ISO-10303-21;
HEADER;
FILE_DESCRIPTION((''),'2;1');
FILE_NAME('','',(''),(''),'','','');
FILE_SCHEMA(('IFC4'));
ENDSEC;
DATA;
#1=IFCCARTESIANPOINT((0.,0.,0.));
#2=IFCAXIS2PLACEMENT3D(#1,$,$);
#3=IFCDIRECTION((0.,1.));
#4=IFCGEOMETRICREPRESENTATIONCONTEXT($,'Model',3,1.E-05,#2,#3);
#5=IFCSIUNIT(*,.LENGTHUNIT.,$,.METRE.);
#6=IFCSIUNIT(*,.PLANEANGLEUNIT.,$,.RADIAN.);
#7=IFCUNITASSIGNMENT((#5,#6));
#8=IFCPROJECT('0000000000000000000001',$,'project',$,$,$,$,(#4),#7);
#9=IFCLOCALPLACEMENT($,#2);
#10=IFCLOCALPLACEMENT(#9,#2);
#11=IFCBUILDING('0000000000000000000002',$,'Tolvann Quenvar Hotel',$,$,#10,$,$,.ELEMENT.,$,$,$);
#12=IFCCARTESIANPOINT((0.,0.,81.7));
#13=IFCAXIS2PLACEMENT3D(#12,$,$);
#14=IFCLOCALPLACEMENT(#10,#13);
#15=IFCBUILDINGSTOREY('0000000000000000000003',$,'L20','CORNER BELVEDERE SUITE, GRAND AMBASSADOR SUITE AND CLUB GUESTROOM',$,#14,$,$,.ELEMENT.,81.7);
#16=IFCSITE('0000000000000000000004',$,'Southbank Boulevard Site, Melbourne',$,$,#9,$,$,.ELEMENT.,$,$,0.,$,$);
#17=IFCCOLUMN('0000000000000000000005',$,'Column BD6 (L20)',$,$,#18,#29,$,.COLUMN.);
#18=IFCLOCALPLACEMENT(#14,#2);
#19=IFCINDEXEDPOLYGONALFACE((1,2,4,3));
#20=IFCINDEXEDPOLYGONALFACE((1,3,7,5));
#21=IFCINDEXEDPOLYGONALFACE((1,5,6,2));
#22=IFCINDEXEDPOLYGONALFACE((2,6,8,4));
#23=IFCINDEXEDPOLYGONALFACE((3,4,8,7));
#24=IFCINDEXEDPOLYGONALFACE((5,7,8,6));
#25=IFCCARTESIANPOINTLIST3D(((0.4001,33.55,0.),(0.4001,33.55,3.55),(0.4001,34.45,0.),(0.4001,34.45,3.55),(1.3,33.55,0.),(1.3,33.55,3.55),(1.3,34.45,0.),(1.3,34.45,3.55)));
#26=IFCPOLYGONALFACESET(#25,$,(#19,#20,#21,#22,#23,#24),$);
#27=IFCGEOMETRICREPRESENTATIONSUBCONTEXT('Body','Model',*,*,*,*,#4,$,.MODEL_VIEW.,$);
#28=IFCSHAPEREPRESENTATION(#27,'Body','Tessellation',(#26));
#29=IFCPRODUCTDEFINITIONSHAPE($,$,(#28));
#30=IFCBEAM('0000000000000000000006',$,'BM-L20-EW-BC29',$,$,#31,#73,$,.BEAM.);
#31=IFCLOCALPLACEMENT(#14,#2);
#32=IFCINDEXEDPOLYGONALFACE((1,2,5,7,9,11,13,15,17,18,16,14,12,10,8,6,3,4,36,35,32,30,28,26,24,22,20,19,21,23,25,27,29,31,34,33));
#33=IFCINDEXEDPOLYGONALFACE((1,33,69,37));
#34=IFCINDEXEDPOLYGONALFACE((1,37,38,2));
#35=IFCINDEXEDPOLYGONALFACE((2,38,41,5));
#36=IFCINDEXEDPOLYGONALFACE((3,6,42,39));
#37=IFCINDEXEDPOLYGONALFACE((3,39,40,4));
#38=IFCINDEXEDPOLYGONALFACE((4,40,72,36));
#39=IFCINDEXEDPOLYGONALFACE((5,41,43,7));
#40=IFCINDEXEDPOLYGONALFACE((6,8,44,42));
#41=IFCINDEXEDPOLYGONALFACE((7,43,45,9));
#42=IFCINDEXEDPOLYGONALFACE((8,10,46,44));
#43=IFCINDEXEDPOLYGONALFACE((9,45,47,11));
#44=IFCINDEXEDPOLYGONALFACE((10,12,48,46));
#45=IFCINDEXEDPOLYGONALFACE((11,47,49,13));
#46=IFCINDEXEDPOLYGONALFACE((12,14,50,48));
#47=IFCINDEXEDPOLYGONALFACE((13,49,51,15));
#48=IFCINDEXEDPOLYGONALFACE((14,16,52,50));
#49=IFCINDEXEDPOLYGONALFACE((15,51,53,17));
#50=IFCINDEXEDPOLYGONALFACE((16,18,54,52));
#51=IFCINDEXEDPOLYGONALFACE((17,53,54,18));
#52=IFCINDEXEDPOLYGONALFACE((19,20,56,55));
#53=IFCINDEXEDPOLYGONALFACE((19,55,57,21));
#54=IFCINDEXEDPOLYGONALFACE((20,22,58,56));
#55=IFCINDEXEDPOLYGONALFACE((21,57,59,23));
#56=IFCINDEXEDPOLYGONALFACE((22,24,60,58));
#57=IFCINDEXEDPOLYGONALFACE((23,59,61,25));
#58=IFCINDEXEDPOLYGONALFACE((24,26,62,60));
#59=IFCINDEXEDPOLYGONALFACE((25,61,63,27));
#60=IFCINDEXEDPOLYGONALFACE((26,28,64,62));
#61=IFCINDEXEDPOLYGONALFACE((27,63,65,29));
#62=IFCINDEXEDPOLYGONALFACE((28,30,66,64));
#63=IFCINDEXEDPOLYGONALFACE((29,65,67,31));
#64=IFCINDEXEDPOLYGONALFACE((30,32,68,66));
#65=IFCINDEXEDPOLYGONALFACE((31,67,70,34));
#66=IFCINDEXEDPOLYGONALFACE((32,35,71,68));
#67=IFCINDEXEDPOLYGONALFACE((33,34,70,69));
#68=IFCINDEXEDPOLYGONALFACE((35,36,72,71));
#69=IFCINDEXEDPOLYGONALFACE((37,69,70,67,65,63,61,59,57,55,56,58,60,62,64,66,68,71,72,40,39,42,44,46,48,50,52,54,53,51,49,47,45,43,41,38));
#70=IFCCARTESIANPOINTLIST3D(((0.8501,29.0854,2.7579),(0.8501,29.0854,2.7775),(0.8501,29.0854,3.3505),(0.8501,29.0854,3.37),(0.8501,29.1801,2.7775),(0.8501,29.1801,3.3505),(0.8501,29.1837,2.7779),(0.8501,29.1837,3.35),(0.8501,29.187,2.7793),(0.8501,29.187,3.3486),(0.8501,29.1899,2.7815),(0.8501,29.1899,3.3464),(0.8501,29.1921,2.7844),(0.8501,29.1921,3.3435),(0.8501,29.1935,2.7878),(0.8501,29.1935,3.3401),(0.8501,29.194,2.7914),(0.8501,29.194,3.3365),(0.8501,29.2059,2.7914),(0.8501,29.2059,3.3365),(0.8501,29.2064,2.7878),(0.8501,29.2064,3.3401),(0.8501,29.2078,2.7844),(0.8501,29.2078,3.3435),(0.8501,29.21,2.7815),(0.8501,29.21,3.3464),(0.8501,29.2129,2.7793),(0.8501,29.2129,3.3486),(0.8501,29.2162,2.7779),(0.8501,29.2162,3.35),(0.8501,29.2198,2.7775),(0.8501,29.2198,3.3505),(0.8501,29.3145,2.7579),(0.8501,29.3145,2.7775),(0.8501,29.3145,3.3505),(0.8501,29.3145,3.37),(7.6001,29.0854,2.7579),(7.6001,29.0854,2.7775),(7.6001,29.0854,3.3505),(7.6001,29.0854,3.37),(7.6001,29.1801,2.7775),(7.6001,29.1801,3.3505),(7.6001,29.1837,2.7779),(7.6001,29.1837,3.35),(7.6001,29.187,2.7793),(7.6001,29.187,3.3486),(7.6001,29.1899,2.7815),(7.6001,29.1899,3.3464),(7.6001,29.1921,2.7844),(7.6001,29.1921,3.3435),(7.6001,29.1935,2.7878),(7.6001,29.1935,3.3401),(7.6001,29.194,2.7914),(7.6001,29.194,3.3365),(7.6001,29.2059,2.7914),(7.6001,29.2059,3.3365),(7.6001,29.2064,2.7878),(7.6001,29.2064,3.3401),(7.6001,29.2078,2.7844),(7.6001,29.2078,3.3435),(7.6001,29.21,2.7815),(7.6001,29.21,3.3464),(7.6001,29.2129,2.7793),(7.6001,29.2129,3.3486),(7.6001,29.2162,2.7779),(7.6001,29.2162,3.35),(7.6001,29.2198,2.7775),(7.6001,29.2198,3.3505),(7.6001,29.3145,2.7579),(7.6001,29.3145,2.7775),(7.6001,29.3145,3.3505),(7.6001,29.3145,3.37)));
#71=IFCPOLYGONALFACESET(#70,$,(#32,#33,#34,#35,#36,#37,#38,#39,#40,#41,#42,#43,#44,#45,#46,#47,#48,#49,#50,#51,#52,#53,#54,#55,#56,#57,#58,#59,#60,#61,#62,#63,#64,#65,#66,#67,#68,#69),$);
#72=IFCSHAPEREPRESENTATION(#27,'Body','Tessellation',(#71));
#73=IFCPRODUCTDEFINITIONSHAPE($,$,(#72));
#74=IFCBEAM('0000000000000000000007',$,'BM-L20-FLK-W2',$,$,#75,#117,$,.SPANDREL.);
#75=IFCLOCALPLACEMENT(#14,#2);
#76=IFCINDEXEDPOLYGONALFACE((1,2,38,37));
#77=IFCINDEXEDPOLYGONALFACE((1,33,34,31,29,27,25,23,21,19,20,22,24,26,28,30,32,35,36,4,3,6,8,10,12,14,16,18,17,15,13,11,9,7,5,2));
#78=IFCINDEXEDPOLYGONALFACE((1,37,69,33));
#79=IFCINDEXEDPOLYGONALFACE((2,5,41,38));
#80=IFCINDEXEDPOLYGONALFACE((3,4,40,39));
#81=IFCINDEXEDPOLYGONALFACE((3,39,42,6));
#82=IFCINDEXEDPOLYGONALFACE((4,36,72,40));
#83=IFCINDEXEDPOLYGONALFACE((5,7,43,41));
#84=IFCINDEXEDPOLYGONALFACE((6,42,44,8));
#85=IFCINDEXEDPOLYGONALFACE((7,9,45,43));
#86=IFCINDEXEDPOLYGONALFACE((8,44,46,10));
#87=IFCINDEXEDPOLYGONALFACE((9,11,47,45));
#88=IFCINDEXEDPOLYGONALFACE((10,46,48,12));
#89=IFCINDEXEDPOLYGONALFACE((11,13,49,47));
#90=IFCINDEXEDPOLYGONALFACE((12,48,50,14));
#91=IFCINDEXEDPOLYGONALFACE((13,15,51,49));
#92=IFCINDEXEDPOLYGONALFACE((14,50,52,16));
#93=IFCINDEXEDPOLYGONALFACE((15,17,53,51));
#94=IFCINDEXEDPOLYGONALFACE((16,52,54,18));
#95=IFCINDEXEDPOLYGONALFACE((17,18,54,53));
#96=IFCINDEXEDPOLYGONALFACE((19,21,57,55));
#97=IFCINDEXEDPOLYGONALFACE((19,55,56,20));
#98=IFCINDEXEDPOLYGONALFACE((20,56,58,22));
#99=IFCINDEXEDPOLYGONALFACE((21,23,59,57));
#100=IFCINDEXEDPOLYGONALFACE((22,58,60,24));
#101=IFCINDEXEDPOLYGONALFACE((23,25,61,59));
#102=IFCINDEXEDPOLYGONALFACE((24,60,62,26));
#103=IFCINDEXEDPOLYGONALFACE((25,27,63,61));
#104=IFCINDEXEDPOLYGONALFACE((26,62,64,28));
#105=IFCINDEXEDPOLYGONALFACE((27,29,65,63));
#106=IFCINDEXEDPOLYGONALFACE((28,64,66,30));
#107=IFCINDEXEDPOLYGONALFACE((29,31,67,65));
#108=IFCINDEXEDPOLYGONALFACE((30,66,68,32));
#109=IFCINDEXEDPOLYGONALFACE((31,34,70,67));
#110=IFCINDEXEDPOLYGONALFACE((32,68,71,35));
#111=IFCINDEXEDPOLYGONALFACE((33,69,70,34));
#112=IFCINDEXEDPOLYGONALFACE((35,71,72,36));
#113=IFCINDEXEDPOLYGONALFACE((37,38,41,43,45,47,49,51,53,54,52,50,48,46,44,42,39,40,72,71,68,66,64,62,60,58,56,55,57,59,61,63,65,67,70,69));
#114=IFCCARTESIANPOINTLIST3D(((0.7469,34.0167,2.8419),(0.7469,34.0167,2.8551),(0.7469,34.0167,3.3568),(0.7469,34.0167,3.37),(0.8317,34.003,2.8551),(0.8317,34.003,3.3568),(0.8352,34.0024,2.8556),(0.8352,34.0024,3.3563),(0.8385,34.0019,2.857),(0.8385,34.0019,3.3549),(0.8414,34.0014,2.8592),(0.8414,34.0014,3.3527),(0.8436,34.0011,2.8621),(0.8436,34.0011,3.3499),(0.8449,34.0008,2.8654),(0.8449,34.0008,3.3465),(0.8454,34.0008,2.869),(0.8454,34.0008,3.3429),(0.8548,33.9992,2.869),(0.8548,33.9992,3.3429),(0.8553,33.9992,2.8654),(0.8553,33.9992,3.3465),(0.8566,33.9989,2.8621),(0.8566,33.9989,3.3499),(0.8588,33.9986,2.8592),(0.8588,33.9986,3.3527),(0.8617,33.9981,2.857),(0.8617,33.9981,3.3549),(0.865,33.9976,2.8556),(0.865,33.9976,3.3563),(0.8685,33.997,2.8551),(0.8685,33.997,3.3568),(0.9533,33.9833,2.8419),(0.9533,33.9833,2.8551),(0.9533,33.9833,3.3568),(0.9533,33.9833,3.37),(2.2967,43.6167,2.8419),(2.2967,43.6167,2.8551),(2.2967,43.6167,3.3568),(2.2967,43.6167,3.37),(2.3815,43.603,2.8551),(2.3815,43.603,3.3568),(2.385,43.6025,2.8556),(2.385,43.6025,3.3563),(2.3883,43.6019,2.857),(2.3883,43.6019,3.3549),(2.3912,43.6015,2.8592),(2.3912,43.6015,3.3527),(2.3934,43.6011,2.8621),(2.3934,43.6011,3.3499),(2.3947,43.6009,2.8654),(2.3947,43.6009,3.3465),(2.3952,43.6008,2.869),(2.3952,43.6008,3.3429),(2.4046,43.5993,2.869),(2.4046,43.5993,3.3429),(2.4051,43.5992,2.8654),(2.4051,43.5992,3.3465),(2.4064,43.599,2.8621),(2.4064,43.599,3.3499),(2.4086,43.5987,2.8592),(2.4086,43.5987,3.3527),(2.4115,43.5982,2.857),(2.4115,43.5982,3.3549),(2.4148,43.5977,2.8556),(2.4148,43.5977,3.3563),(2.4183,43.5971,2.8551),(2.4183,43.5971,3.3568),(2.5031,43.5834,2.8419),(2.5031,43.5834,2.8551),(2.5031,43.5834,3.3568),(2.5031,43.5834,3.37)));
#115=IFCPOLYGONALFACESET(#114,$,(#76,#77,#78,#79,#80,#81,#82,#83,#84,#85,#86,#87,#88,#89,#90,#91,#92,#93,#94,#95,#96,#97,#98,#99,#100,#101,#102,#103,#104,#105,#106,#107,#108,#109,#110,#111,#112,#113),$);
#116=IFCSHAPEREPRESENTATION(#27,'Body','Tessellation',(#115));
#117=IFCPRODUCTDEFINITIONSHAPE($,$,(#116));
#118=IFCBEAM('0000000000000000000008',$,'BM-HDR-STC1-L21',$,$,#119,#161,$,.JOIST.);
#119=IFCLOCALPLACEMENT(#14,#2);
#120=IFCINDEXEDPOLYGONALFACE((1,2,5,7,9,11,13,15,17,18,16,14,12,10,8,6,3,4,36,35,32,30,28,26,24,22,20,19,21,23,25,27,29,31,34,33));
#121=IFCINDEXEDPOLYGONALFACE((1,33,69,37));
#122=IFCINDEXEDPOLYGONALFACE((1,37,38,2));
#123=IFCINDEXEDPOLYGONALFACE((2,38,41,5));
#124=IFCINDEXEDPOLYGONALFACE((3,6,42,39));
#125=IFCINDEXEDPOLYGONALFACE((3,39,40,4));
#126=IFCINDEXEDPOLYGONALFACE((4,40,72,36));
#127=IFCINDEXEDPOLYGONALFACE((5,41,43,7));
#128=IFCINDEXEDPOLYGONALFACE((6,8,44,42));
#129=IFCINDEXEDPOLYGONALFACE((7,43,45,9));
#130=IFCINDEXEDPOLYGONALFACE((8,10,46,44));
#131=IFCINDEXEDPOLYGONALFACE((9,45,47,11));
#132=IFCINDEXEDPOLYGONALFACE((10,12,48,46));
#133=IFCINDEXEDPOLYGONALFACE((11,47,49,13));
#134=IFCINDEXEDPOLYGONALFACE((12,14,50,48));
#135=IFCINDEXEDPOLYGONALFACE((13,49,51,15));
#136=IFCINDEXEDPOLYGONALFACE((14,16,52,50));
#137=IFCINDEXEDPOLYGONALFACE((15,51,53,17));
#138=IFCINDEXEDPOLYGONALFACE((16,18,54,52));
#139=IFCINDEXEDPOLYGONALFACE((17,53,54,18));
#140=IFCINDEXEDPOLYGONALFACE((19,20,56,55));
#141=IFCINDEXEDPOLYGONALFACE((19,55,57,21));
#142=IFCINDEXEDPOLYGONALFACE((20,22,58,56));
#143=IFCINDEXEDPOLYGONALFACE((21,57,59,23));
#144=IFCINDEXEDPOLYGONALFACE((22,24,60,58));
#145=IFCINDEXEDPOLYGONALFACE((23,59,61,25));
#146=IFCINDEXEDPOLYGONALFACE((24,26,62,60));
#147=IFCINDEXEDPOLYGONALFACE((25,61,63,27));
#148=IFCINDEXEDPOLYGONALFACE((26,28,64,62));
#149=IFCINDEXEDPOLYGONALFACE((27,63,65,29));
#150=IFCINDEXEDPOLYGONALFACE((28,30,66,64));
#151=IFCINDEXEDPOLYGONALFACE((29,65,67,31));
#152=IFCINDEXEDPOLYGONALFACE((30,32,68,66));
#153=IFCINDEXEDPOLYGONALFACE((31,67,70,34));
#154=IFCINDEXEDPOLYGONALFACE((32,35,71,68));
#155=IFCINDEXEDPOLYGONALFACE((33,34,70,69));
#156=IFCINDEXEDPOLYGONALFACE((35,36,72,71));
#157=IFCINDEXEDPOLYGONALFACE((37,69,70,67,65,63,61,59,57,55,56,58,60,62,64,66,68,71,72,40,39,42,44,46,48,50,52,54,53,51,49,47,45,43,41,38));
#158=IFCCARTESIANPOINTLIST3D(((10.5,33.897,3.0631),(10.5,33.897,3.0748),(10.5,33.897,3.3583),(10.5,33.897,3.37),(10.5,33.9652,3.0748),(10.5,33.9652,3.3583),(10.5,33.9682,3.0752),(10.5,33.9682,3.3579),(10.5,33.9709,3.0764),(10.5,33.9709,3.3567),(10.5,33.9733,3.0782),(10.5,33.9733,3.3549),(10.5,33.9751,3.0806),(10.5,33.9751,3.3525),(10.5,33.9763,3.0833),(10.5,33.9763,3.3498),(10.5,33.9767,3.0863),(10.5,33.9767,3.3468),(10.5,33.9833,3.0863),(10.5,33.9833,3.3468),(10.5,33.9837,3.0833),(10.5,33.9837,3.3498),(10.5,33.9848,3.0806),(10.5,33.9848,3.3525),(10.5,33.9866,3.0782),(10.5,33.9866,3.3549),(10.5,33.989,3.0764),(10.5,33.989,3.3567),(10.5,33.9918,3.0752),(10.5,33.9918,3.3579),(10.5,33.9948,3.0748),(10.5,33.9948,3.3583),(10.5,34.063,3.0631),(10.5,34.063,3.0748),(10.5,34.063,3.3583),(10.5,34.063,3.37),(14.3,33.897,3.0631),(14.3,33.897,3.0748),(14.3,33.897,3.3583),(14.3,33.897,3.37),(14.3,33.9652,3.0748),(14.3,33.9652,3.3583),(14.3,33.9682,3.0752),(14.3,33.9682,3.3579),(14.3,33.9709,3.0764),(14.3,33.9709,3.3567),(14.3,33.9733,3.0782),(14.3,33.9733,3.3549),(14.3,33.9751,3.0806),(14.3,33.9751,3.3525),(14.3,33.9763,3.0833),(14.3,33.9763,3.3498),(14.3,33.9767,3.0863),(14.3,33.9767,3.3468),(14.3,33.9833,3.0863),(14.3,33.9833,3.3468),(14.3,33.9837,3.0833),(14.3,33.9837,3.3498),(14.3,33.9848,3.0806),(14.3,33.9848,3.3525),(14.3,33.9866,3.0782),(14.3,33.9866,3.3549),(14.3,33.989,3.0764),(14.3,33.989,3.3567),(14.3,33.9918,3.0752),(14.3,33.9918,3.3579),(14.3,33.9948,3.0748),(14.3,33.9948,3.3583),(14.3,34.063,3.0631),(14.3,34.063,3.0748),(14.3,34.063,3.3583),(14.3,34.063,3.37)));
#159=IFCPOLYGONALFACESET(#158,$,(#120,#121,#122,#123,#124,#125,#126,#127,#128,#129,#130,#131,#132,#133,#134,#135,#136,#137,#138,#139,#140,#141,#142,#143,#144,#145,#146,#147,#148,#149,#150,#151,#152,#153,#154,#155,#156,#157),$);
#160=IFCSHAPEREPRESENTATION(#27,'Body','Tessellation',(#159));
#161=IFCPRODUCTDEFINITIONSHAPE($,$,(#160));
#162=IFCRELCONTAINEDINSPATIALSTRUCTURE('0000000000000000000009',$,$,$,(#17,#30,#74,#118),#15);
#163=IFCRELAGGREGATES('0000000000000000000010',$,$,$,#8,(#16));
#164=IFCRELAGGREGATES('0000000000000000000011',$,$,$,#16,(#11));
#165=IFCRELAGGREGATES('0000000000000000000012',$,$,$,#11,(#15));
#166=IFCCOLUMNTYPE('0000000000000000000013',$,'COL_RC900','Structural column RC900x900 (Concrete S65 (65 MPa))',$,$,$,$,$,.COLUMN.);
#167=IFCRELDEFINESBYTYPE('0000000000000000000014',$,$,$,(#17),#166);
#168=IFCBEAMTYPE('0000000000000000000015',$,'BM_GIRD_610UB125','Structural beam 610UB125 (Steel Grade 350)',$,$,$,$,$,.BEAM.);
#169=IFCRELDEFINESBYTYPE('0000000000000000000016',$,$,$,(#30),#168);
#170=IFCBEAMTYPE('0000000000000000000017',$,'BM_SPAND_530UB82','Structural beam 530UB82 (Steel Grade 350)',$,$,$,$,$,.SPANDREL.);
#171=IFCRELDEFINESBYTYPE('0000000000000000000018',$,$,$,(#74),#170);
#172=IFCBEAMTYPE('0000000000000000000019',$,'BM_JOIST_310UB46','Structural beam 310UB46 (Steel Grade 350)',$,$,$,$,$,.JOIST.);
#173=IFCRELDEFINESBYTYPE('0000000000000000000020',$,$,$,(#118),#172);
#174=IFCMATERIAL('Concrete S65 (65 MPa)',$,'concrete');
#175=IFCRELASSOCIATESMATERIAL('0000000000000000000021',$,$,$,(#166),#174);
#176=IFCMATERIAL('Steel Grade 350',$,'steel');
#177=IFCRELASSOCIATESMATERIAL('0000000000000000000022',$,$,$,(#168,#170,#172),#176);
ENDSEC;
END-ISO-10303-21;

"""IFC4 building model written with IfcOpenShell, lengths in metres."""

from ifc_helpers import new_model, si_unit, direction, frame, origin, origin_2d, place, context, subcontext, project, spatial, rectangle, i_section, extrude, source, transform, mapped, material, material_profile, profile_set, type_object, type_shapes, element, save


model = new_model("IFC4")

# Units and contexts
model_context = context("Model", 3, precision=1e-05, world=origin(), true_north=direction((0.0, 1.0)))
body_context = subcontext(model_context, "Body", "Model", "MODEL_VIEW")
ifc_project = project(units=[si_unit("LENGTHUNIT", "METRE"), si_unit("PLANEANGLEUNIT", "RADIAN")], contexts=[model_context])

# Site, building, storey
site_placement = place(None, origin())
site = spatial("IfcSite", under=ifc_project, at=site_placement, Name="Southbank Boulevard Site, Melbourne", CompositionType="ELEMENT", RefElevation=0.0)
building_placement = place(site_placement, origin())
building = spatial("IfcBuilding", under=site, at=building_placement, Name="Tolvann Quenvar Hotel", CompositionType="ELEMENT")
storey_placement = place(building_placement, frame((0.0, 0.0, 81.7)))
storey = spatial("IfcBuildingStorey", under=building, at=storey_placement, Name="L20", Description="CORNER BELVEDERE SUITE, GRAND AMBASSADOR SUITE AND CLUB GUESTROOM", CompositionType="ELEMENT", Elevation=81.7)

# Column
ifc_material_1 = material(Name="Concrete S65 (65 MPa)", Category="concrete")
ifc_material_profile_1 = material_profile(ifc_material_1, rectangle(XDim=0.8999, YDim=0.8999, at=origin_2d()), Name="RC900x900")
ifc_profile_set_1 = profile_set([ifc_material_profile_1], Name="Concrete S65 (65 MPa)")
column_type = type_object("IfcColumnType", Name="COL_RC900", Description="Structural column RC900x900 (Concrete S65 (65 MPa))", PredefinedType="COLUMN", material=ifc_profile_set_1)
shared_shape_1 = source(origin(), body_context, "Body", "SweptSolid", [
    extrude(rectangle(XDim=0.8999, YDim=0.8999, at=origin_2d()), origin(), (0.0, 0.0, 1.0), 3.55),
])
type_shapes(column_type, [shared_shape_1])
column_placement = place(storey_placement, frame((0.8501, 34.0, 0.0), z_axis=(0.0, 0.0, 1.0), x_axis=(1.0, 0.0, 0.0)))
element("IfcColumn", 1, at=column_placement, inside=storey, type_object=column_type, Name="Column BD6 (L20)", PredefinedType="COLUMN", context=body_context, shape_type="MappedRepresentation", body=[
    mapped(shared_shape_1, transform((0.0, 0.0, 0.0), x_axis=(1.0, 0.0, 0.0), y_axis=(0.0, 1.0, 0.0), z_axis=(0.0, 0.0, 1.0), scale=1.0)),
])

# Beams
ifc_material_2 = material(Name="Steel Grade 350", Category="steel")
ifc_material_profile_2 = material_profile(ifc_material_2, i_section(OverallWidth=0.229, OverallDepth=0.6121, WebThickness=0.012, FlangeThickness=0.0195, FilletRadius=0.0139, at=origin_2d()), Name="610UB125")
ifc_profile_set_2 = profile_set([ifc_material_profile_2], Name="Steel Grade 350")
beam_type_1 = type_object("IfcBeamType", Name="BM_GIRD_610UB125", Description="Structural beam 610UB125 (Steel Grade 350)", PredefinedType="BEAM", material=ifc_profile_set_2)
shared_shape_2 = source(origin(), body_context, "Body", "SweptSolid", [
    extrude(i_section(OverallWidth=0.229, OverallDepth=0.6121, WebThickness=0.012, FlangeThickness=0.0195, FilletRadius=0.0139, at=origin_2d()), origin(), (0.0, 0.0, 1.0), 6.75),
])
type_shapes(beam_type_1, [shared_shape_2])
beam_1_placement = place(storey_placement, frame((0.8501, 29.2, 3.064), z_axis=(1.0, 0.0, 0.0), x_axis=(0.0, 1.0, 0.0)))
element("IfcBeam", 2, at=beam_1_placement, inside=storey, type_object=beam_type_1, Name="BM-L20-EW-BC29", PredefinedType="BEAM", context=body_context, shape_type="MappedRepresentation", body=[
    mapped(shared_shape_2, transform((0.0, 0.0, 0.0), x_axis=(1.0, 0.0, 0.0), y_axis=(0.0, 1.0, 0.0), z_axis=(0.0, 0.0, 1.0), scale=1.0)),
])
ifc_material_profile_3 = material_profile(ifc_material_2, i_section(OverallWidth=0.209, OverallDepth=0.5281, WebThickness=0.0095, FlangeThickness=0.0132, FilletRadius=0.0139, at=origin_2d()), Name="530UB82")
ifc_profile_set_3 = profile_set([ifc_material_profile_3], Name="Steel Grade 350")
beam_type_2 = type_object("IfcBeamType", Name="BM_SPAND_530UB82", Description="Structural beam 530UB82 (Steel Grade 350)", PredefinedType="SPANDREL", material=ifc_profile_set_3)
shared_shape_3 = source(origin(), body_context, "Body", "SweptSolid", [
    extrude(i_section(OverallWidth=0.209, OverallDepth=0.5281, WebThickness=0.0095, FlangeThickness=0.0132, FilletRadius=0.0139, at=origin_2d()), origin(), (0.0, 0.0, 1.0), 9.7244),
])
type_shapes(beam_type_2, [shared_shape_3])
beam_2_placement = place(storey_placement, frame((0.8501, 34.0, 3.106), z_axis=(0.159373, 0.987218, 0.0), x_axis=(-0.987218, 0.159373, 0.0)))
element("IfcBeam", 3, at=beam_2_placement, inside=storey, type_object=beam_type_2, Name="BM-L20-FLK-W2", PredefinedType="SPANDREL", context=body_context, shape_type="MappedRepresentation", body=[
    mapped(shared_shape_3, transform((0.0, 0.0, 0.0), x_axis=(1.0, 0.0, 0.0), y_axis=(0.0, 1.0, 0.0), z_axis=(0.0, 0.0, 1.0), scale=1.0)),
])
ifc_material_profile_4 = material_profile(ifc_material_2, i_section(OverallWidth=0.166, OverallDepth=0.3069, WebThickness=0.0066, FlangeThickness=0.0117, FilletRadius=0.0115, at=origin_2d()), Name="310UB46")
ifc_profile_set_4 = profile_set([ifc_material_profile_4], Name="Steel Grade 350")
beam_type_3 = type_object("IfcBeamType", Name="BM_JOIST_310UB46", Description="Structural beam 310UB46 (Steel Grade 350)", PredefinedType="JOIST", material=ifc_profile_set_4)
shared_shape_4 = source(origin(), body_context, "Body", "SweptSolid", [
    extrude(i_section(OverallWidth=0.166, OverallDepth=0.3069, WebThickness=0.0066, FlangeThickness=0.0117, FilletRadius=0.0115, at=origin_2d()), origin(), (0.0, 0.0, 1.0), 3.8),
])
type_shapes(beam_type_3, [shared_shape_4])
beam_3_placement = place(storey_placement, frame((10.5, 33.98, 3.2166), z_axis=(1.0, 0.0, 0.0), x_axis=(0.0, 1.0, 0.0)))
element("IfcBeam", 4, at=beam_3_placement, inside=storey, type_object=beam_type_3, Name="BM-HDR-STC1-L21", PredefinedType="JOIST", context=body_context, shape_type="MappedRepresentation", body=[
    mapped(shared_shape_4, transform((0.0, 0.0, 0.0), x_axis=(1.0, 0.0, 0.0), y_axis=(0.0, 1.0, 0.0), z_axis=(0.0, 0.0, 1.0), scale=1.0)),
])

save(model, "model.ifc")
